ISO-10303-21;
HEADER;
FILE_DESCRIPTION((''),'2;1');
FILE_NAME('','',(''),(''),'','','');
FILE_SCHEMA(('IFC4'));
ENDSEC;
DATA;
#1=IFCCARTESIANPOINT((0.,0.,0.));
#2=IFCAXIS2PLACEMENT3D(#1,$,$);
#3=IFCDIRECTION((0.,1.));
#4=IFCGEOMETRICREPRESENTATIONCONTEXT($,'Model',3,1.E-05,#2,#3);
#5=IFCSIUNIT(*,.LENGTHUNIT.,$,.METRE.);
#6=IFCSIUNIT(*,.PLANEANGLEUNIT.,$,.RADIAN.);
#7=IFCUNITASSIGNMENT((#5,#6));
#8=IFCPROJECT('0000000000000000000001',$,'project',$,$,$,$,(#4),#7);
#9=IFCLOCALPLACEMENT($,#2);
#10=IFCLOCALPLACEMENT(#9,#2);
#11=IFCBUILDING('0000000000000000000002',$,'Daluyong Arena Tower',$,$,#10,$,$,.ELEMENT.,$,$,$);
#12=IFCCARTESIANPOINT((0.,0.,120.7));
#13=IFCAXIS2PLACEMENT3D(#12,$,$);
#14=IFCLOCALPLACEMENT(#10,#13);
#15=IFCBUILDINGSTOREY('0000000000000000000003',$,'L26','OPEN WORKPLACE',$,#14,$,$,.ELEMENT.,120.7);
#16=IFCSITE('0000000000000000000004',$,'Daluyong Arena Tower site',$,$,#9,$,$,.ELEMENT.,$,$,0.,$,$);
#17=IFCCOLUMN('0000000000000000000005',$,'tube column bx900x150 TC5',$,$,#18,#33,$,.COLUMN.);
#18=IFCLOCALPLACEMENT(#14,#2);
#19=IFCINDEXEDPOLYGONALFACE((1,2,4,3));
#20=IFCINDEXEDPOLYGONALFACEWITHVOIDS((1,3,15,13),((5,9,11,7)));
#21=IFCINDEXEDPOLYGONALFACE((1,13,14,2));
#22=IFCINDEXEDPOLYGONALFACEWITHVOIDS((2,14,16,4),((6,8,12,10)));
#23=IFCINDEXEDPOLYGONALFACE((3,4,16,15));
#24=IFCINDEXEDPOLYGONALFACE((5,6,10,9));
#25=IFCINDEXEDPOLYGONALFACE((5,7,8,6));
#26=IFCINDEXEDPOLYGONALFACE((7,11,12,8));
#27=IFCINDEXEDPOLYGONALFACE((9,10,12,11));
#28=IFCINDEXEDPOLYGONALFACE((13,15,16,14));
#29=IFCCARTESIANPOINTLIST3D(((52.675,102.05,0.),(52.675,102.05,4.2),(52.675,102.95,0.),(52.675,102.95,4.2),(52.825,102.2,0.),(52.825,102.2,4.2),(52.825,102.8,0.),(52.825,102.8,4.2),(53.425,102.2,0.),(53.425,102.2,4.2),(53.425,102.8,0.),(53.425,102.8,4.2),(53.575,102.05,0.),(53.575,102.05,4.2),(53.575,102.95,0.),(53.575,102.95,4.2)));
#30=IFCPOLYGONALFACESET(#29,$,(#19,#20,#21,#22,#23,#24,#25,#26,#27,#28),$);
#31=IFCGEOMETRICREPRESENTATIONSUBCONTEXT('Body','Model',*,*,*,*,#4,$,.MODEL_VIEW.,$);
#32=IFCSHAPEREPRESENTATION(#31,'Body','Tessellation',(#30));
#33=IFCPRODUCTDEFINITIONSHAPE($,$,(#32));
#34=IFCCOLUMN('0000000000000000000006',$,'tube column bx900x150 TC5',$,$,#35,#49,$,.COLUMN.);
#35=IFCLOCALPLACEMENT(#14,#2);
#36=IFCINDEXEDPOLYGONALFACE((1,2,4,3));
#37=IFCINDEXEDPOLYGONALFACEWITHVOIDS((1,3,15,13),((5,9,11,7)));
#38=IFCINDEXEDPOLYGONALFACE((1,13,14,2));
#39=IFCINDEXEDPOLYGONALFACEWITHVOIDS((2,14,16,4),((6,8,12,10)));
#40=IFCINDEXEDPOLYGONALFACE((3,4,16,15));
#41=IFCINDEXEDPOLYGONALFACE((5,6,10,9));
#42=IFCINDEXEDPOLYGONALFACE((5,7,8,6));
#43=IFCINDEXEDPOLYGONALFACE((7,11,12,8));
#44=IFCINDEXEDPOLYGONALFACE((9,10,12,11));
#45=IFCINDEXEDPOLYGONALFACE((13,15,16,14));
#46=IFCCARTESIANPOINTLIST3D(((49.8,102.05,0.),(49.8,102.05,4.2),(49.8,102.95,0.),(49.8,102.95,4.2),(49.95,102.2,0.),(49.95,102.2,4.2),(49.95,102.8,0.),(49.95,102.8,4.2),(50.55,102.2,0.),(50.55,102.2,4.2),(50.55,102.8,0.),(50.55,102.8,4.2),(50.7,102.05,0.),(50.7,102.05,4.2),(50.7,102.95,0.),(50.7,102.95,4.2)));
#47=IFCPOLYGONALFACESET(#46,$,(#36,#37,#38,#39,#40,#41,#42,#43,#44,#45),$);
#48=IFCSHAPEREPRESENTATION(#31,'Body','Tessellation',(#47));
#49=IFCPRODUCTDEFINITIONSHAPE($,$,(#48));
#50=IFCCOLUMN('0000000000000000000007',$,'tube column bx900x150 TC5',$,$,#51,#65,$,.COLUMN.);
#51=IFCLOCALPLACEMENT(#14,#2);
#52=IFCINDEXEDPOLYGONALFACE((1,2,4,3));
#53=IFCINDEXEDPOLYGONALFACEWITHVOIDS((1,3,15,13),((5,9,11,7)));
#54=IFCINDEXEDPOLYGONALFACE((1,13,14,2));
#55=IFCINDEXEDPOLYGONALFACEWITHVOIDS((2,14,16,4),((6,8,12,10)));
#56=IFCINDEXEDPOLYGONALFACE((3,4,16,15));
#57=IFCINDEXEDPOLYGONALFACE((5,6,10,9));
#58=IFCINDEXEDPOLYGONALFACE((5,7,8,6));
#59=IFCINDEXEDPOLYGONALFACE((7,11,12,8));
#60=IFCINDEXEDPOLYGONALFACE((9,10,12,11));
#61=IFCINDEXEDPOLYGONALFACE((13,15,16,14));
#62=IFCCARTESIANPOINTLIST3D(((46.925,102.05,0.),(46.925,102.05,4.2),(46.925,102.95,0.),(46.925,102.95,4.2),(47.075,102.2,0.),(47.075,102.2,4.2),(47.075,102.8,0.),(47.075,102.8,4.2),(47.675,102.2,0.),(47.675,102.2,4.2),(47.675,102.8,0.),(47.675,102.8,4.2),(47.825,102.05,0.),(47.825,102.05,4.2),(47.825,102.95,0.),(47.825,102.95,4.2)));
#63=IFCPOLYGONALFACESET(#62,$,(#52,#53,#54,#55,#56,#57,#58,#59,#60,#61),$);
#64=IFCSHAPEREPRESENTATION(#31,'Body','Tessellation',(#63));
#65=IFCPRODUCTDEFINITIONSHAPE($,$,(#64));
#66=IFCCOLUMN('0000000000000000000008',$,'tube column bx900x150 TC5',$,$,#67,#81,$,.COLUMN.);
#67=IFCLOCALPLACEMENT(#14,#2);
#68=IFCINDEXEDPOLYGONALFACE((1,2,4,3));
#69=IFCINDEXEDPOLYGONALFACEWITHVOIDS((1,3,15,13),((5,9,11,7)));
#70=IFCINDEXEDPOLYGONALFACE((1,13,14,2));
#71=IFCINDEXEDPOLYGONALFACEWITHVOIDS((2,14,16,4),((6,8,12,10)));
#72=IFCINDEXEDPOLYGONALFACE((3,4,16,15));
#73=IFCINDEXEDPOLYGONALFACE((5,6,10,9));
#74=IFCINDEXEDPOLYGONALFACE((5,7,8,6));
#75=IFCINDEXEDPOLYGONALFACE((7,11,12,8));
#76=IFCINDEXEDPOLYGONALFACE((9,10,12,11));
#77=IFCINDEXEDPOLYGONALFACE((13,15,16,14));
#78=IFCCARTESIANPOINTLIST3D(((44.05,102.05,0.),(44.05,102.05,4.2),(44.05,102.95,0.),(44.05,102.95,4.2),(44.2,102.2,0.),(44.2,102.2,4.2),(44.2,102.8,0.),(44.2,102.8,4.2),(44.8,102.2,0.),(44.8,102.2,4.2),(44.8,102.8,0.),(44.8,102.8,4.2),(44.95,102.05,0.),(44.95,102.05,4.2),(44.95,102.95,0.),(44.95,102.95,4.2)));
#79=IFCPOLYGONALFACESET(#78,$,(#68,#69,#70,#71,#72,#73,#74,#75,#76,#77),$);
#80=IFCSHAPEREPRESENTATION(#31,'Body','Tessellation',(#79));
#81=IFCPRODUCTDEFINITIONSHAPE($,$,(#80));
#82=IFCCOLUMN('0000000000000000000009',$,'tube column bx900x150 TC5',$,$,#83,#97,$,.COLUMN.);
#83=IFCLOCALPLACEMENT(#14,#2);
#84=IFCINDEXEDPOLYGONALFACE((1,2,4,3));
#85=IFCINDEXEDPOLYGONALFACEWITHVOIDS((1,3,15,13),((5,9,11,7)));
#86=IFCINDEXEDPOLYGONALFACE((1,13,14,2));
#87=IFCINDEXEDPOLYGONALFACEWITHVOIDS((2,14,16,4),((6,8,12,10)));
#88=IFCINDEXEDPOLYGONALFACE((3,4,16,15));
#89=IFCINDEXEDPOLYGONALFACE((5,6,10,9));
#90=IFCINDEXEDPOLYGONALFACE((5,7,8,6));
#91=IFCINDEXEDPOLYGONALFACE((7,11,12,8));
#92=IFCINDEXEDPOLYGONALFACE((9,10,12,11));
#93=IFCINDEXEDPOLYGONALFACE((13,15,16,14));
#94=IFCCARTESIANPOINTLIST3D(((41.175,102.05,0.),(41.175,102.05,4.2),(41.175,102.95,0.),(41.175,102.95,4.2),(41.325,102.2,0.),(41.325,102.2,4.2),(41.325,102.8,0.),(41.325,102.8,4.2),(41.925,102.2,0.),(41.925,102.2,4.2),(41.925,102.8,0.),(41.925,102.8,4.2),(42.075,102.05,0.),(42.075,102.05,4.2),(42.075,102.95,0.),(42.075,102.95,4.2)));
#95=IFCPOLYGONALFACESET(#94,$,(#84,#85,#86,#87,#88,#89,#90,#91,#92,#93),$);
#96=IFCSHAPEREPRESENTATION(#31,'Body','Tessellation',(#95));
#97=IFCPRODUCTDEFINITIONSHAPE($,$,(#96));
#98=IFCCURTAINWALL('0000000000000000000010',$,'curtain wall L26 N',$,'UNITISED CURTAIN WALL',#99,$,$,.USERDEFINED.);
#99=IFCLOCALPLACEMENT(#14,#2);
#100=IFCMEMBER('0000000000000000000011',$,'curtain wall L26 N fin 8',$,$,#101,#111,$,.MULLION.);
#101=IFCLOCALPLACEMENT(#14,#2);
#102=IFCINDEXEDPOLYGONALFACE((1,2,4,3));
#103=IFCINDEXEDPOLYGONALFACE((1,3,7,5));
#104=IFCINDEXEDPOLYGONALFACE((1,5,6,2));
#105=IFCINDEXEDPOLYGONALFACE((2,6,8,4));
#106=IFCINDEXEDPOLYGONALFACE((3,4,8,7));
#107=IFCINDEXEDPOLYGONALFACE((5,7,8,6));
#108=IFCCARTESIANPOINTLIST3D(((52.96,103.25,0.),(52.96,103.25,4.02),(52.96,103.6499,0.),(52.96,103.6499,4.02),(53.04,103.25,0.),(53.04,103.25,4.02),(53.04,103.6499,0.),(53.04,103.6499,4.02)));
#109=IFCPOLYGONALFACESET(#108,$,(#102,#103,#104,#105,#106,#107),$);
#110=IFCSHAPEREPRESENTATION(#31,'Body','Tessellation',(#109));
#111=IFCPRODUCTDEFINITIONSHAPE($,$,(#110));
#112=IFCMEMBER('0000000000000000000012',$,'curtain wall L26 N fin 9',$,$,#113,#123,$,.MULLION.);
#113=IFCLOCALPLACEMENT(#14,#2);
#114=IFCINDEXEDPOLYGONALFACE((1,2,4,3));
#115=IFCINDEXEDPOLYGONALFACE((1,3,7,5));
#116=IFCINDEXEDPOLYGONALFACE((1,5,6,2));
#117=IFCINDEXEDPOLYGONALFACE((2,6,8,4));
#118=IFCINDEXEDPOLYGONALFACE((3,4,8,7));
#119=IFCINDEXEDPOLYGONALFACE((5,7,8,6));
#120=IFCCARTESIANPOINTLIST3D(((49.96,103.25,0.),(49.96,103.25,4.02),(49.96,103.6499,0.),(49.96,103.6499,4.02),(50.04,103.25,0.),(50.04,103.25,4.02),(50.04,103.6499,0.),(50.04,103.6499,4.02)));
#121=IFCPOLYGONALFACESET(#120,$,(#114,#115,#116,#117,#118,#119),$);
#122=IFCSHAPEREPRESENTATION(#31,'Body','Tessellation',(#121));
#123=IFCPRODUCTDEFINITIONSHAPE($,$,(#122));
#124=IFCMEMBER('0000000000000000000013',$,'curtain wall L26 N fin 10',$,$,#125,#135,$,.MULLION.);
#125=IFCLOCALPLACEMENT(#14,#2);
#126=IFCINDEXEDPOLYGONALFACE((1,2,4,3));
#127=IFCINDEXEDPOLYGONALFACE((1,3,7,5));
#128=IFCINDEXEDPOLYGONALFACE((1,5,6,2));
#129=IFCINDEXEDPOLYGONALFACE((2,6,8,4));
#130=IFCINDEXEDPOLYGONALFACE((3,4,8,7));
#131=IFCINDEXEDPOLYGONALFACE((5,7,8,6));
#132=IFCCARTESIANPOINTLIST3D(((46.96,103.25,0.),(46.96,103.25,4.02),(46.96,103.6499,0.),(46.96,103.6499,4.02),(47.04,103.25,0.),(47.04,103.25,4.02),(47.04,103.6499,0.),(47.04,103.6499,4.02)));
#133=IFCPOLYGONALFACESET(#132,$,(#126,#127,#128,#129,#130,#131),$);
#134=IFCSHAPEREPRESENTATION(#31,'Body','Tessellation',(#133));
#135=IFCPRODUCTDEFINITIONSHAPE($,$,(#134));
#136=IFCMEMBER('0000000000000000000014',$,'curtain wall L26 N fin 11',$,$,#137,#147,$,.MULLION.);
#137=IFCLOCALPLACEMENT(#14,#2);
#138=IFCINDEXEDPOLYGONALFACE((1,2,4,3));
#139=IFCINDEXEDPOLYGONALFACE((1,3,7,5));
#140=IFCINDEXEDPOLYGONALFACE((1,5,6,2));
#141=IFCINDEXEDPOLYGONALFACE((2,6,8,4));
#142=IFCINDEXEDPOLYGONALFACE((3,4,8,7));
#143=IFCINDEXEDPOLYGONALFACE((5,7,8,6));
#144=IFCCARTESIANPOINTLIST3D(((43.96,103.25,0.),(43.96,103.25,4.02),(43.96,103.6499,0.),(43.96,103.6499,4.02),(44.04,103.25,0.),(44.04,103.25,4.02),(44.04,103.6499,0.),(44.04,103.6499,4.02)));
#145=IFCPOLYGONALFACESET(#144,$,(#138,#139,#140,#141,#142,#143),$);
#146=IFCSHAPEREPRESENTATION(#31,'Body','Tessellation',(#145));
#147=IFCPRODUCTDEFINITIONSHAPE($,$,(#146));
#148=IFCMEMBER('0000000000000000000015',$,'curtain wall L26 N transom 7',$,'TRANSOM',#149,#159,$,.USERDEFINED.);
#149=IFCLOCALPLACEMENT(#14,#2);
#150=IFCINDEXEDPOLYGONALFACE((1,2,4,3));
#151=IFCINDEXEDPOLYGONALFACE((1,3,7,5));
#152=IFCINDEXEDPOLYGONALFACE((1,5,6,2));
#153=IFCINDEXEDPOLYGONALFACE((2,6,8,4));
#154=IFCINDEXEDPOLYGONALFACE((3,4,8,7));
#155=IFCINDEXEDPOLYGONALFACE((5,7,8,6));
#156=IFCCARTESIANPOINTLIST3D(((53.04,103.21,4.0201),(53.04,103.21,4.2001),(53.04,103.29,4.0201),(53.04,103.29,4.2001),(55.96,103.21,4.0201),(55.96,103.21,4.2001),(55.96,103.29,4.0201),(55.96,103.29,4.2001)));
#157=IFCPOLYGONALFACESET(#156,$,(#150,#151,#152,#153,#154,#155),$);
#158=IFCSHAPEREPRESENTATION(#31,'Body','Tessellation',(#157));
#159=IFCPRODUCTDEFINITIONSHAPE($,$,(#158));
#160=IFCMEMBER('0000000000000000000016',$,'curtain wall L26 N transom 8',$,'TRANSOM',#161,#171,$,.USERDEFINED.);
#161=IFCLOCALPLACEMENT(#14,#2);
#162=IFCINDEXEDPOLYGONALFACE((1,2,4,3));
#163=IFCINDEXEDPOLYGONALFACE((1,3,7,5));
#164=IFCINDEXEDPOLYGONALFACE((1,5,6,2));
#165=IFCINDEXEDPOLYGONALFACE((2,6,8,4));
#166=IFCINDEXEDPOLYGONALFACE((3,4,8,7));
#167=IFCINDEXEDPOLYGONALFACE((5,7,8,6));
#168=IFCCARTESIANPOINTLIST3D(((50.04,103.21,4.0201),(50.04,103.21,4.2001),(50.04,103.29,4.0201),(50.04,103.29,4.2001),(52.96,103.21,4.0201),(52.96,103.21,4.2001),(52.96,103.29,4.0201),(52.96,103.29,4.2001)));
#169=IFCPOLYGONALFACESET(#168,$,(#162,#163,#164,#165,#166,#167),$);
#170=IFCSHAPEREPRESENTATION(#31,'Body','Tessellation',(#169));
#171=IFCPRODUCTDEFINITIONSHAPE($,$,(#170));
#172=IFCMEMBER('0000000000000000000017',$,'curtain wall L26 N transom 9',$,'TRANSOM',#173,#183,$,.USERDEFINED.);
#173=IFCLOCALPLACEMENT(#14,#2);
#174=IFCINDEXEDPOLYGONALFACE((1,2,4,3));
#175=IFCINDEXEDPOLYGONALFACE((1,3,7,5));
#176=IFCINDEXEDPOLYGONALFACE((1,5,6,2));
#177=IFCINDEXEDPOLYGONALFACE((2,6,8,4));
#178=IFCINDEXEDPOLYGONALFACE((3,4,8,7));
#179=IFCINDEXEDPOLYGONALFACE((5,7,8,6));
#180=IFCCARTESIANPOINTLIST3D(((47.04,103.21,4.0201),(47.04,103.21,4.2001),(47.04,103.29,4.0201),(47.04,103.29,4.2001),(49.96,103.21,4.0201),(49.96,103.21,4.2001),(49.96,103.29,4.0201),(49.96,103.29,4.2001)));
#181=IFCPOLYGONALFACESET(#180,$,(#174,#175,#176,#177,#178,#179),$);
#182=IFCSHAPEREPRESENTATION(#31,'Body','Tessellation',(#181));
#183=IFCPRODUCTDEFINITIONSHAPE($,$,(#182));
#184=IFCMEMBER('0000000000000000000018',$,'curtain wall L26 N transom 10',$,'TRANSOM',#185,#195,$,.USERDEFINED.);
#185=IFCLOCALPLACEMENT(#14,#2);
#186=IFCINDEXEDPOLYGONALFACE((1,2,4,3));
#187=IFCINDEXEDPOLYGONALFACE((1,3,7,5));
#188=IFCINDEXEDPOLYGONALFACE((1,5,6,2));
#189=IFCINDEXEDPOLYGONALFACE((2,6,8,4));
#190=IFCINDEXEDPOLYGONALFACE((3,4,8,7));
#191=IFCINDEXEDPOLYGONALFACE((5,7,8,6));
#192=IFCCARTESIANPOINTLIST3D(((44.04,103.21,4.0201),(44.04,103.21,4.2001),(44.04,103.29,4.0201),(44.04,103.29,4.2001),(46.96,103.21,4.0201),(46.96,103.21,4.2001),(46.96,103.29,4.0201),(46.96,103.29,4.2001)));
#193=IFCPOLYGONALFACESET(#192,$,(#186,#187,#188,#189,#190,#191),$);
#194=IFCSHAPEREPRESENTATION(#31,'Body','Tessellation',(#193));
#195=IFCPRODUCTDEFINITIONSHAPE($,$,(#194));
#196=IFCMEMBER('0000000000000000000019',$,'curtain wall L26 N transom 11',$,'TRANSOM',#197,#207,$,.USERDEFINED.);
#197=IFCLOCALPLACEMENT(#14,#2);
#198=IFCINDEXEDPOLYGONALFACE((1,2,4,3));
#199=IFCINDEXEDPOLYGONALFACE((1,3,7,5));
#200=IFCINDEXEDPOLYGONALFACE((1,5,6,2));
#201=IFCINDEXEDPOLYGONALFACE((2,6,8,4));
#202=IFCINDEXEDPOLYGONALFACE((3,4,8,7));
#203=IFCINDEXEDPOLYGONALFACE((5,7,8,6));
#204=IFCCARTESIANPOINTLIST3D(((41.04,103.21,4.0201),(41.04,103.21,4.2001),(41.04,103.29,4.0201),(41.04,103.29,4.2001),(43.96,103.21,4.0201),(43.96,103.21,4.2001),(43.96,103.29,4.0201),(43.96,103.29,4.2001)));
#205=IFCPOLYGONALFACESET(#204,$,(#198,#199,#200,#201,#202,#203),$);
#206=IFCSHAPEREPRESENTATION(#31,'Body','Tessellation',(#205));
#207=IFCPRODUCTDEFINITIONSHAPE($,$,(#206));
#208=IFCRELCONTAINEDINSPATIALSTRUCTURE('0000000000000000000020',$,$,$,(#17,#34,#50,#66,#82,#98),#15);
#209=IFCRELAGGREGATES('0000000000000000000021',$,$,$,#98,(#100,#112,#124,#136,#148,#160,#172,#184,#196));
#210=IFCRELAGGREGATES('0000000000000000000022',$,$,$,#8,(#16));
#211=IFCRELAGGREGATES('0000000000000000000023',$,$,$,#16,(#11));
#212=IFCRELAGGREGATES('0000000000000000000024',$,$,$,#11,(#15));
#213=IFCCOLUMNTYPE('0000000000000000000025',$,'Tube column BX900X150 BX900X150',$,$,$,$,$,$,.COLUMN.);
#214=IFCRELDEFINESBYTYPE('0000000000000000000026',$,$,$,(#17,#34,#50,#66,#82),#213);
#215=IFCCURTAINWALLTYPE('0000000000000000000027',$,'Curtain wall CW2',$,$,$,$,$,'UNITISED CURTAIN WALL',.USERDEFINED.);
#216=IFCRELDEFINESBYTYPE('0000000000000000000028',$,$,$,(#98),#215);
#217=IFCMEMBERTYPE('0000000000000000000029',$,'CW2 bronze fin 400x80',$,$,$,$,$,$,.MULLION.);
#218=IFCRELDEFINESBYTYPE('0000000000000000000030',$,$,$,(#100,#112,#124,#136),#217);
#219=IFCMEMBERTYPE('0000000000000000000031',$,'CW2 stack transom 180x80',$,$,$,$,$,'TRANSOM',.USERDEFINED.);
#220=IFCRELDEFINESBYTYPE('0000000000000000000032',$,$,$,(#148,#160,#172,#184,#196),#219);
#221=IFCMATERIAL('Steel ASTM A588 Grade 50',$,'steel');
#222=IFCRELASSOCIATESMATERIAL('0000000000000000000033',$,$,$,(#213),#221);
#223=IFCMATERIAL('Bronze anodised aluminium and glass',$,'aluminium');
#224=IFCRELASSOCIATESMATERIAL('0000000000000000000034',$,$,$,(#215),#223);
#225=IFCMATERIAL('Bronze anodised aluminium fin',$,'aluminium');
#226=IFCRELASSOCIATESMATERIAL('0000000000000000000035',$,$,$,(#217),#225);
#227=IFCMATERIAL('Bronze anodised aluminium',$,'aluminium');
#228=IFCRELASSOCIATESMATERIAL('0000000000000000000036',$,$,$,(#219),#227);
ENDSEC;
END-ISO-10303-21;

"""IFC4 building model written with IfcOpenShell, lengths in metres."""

from ifc_helpers import new_model, si_unit, direction, frame, origin, origin_2d, place, context, subcontext, project, spatial, rectangle, hollow_rectangle, extrude, material, material_profile, profile_set, type_object, element, aggregate, save


model = new_model("IFC4")

# Units and contexts
model_context = context("Model", 3, precision=1e-05, world=origin(), true_north=direction((0.0, 1.0)))
body_context = subcontext(model_context, "Body", "Model", "MODEL_VIEW")
ifc_project = project(units=[si_unit("LENGTHUNIT", "METRE"), si_unit("PLANEANGLEUNIT", "RADIAN")], contexts=[model_context])

# Site, building, storey
site_placement = place(None, origin())
site = spatial("IfcSite", under=ifc_project, at=site_placement, Name="Daluyong Arena Tower site", CompositionType="ELEMENT", RefElevation=0.0)
building_placement = place(site_placement, origin())
building = spatial("IfcBuilding", under=site, at=building_placement, Name="Daluyong Arena Tower", CompositionType="ELEMENT")
storey_placement = place(building_placement, frame((0.0, 0.0, 120.7)))
storey = spatial("IfcBuildingStorey", under=building, at=storey_placement, Name="L26", Description="OPEN WORKPLACE", CompositionType="ELEMENT", Elevation=120.7)

# Columns
ifc_material_1 = material(Name="Steel ASTM A588 Grade 50", Category="steel")
ifc_material_profile_1 = material_profile(ifc_material_1, hollow_rectangle(XDim=0.8999, YDim=0.8999, WallThickness=0.15, at=origin_2d()))
ifc_profile_set_1 = profile_set([ifc_material_profile_1], Name="Steel ASTM A588 Grade 50")
column_type = type_object("IfcColumnType", Name="Tube column BX900X150 BX900X150", PredefinedType="COLUMN", material=ifc_profile_set_1)
for number, where, z_axis, x_axis, name in (
    (1, (53.125, 102.5, 0.0), (0.0, 0.0, 1.0), (1.0, 0.0, 0.0), "tube column bx900x150 TC5"),
    (2, (50.25, 102.5, 0.0), (0.0, 0.0, 1.0), (1.0, 0.0, 0.0), "tube column bx900x150 TC5"),
    (3, (47.375, 102.5, 0.0), (0.0, 0.0, 1.0), (1.0, 0.0, 0.0), "tube column bx900x150 TC5"),
    (4, (44.5, 102.5, 0.0), (0.0, 0.0, 1.0), (1.0, 0.0, 0.0), "tube column bx900x150 TC5"),
    (5, (41.625, 102.5, 0.0), (0.0, 0.0, 1.0), (1.0, 0.0, 0.0), "tube column bx900x150 TC5"),
):
    element("IfcColumn", number, at=place(storey_placement, frame(where, z_axis=z_axis, x_axis=x_axis)), inside=storey, type_object=column_type, Name=name, PredefinedType="COLUMN", context=body_context, shape_type="SweptSolid", body=[
        extrude(hollow_rectangle(XDim=0.8999, YDim=0.8999, WallThickness=0.15, at=origin_2d()), origin(), (0.0, 0.0, 1.0), 4.2),
    ])

# Curtain wall, members
ifc_material_2 = material(Name="Bronze anodised aluminium and glass", Category="aluminium")
curtain_wall_type = type_object("IfcCurtainWallType", Name="Curtain wall CW2", ElementType="UNITISED CURTAIN WALL", PredefinedType="USERDEFINED", material=ifc_material_2)
curtain_wall_placement = place(storey_placement, origin())
curtain_wall = element("IfcCurtainWall", 6, at=curtain_wall_placement, inside=storey, type_object=curtain_wall_type, Name="curtain wall L26 N", ObjectType="UNITISED CURTAIN WALL", PredefinedType="USERDEFINED")
ifc_material_3 = material(Name="Bronze anodised aluminium fin", Category="aluminium")
ifc_material_profile_2 = material_profile(ifc_material_3, rectangle(XDim=0.3999, YDim=0.0801, at=origin_2d()))
ifc_profile_set_2 = profile_set([ifc_material_profile_2], Name="Bronze anodised aluminium fin")
member_type_1 = type_object("IfcMemberType", Name="CW2 bronze fin 400x80", PredefinedType="MULLION", material=ifc_profile_set_2)
member_1_placement = place(storey_placement, frame((53.0, 103.45, 0.0), z_axis=(0.0, 0.0, 1.0), x_axis=(0.0, -1.0, 0.0)))
member_1 = element("IfcMember", 7, at=member_1_placement, type_object=member_type_1, Name="curtain wall L26 N fin 8", PredefinedType="MULLION", context=body_context, shape_type="SweptSolid", body=[
    extrude(rectangle(XDim=0.3999, YDim=0.0801, at=origin_2d()), origin(), (0.0, 0.0, 1.0), 4.02),
])
member_2_placement = place(storey_placement, frame((50.0, 103.45, 0.0), z_axis=(0.0, 0.0, 1.0), x_axis=(0.0, -1.0, 0.0)))
member_2 = element("IfcMember", 8, at=member_2_placement, type_object=member_type_1, Name="curtain wall L26 N fin 9", PredefinedType="MULLION", context=body_context, shape_type="SweptSolid", body=[
    extrude(rectangle(XDim=0.3999, YDim=0.0801, at=origin_2d()), origin(), (0.0, 0.0, 1.0), 4.02),
])
member_3_placement = place(storey_placement, frame((47.0, 103.45, 0.0), z_axis=(0.0, 0.0, 1.0), x_axis=(0.0, -1.0, 0.0)))
member_3 = element("IfcMember", 9, at=member_3_placement, type_object=member_type_1, Name="curtain wall L26 N fin 10", PredefinedType="MULLION", context=body_context, shape_type="SweptSolid", body=[
    extrude(rectangle(XDim=0.3999, YDim=0.0801, at=origin_2d()), origin(), (0.0, 0.0, 1.0), 4.02),
])
member_4_placement = place(storey_placement, frame((44.0, 103.45, 0.0), z_axis=(0.0, 0.0, 1.0), x_axis=(0.0, -1.0, 0.0)))
member_4 = element("IfcMember", 10, at=member_4_placement, type_object=member_type_1, Name="curtain wall L26 N fin 11", PredefinedType="MULLION", context=body_context, shape_type="SweptSolid", body=[
    extrude(rectangle(XDim=0.3999, YDim=0.0801, at=origin_2d()), origin(), (0.0, 0.0, 1.0), 4.02),
])
ifc_material_4 = material(Name="Bronze anodised aluminium", Category="aluminium")
ifc_material_profile_3 = material_profile(ifc_material_4, rectangle(XDim=0.0801, YDim=0.1799, at=origin_2d()))
ifc_profile_set_3 = profile_set([ifc_material_profile_3], Name="Bronze anodised aluminium")
member_type_2 = type_object("IfcMemberType", Name="CW2 stack transom 180x80", ElementType="TRANSOM", PredefinedType="USERDEFINED", material=ifc_profile_set_3)
member_5_placement = place(storey_placement, frame((55.96, 103.25, 4.1101), z_axis=(-1.0, 0.0, 0.0), x_axis=(0.0, -1.0, 0.0)))
member_5 = element("IfcMember", 11, at=member_5_placement, type_object=member_type_2, Name="curtain wall L26 N transom 7", ObjectType="TRANSOM", PredefinedType="USERDEFINED", context=body_context, shape_type="SweptSolid", body=[
    extrude(rectangle(XDim=0.0801, YDim=0.1799, at=origin_2d()), origin(), (0.0, 0.0, 1.0), 2.9199),
])
member_6_placement = place(storey_placement, frame((52.96, 103.25, 4.1101), z_axis=(-1.0, 0.0, 0.0), x_axis=(0.0, -1.0, 0.0)))
member_6 = element("IfcMember", 12, at=member_6_placement, type_object=member_type_2, Name="curtain wall L26 N transom 8", ObjectType="TRANSOM", PredefinedType="USERDEFINED", context=body_context, shape_type="SweptSolid", body=[
    extrude(rectangle(XDim=0.0801, YDim=0.1799, at=origin_2d()), origin(), (0.0, 0.0, 1.0), 2.9199),
])
member_7_placement = place(storey_placement, frame((49.96, 103.25, 4.1101), z_axis=(-1.0, 0.0, 0.0), x_axis=(0.0, -1.0, 0.0)))
member_7 = element("IfcMember", 13, at=member_7_placement, type_object=member_type_2, Name="curtain wall L26 N transom 9", ObjectType="TRANSOM", PredefinedType="USERDEFINED", context=body_context, shape_type="SweptSolid", body=[
    extrude(rectangle(XDim=0.0801, YDim=0.1799, at=origin_2d()), origin(), (0.0, 0.0, 1.0), 2.9199),
])
member_8_placement = place(storey_placement, frame((46.96, 103.25, 4.1101), z_axis=(-1.0, 0.0, 0.0), x_axis=(0.0, -1.0, 0.0)))
member_8 = element("IfcMember", 14, at=member_8_placement, type_object=member_type_2, Name="curtain wall L26 N transom 10", ObjectType="TRANSOM", PredefinedType="USERDEFINED", context=body_context, shape_type="SweptSolid", body=[
    extrude(rectangle(XDim=0.0801, YDim=0.1799, at=origin_2d()), origin(), (0.0, 0.0, 1.0), 2.9199),
])
member_9_placement = place(storey_placement, frame((43.96, 103.25, 4.1101), z_axis=(-1.0, 0.0, 0.0), x_axis=(0.0, -1.0, 0.0)))
member_9 = element("IfcMember", 15, at=member_9_placement, type_object=member_type_2, Name="curtain wall L26 N transom 11", ObjectType="TRANSOM", PredefinedType="USERDEFINED", context=body_context, shape_type="SweptSolid", body=[
    extrude(rectangle(XDim=0.0801, YDim=0.1799, at=origin_2d()), origin(), (0.0, 0.0, 1.0), 2.9199),
])

aggregate(curtain_wall, [member_1, member_2, member_3, member_4, member_5, member_6, member_7, member_8, member_9])

save(model, "model.ifc")
